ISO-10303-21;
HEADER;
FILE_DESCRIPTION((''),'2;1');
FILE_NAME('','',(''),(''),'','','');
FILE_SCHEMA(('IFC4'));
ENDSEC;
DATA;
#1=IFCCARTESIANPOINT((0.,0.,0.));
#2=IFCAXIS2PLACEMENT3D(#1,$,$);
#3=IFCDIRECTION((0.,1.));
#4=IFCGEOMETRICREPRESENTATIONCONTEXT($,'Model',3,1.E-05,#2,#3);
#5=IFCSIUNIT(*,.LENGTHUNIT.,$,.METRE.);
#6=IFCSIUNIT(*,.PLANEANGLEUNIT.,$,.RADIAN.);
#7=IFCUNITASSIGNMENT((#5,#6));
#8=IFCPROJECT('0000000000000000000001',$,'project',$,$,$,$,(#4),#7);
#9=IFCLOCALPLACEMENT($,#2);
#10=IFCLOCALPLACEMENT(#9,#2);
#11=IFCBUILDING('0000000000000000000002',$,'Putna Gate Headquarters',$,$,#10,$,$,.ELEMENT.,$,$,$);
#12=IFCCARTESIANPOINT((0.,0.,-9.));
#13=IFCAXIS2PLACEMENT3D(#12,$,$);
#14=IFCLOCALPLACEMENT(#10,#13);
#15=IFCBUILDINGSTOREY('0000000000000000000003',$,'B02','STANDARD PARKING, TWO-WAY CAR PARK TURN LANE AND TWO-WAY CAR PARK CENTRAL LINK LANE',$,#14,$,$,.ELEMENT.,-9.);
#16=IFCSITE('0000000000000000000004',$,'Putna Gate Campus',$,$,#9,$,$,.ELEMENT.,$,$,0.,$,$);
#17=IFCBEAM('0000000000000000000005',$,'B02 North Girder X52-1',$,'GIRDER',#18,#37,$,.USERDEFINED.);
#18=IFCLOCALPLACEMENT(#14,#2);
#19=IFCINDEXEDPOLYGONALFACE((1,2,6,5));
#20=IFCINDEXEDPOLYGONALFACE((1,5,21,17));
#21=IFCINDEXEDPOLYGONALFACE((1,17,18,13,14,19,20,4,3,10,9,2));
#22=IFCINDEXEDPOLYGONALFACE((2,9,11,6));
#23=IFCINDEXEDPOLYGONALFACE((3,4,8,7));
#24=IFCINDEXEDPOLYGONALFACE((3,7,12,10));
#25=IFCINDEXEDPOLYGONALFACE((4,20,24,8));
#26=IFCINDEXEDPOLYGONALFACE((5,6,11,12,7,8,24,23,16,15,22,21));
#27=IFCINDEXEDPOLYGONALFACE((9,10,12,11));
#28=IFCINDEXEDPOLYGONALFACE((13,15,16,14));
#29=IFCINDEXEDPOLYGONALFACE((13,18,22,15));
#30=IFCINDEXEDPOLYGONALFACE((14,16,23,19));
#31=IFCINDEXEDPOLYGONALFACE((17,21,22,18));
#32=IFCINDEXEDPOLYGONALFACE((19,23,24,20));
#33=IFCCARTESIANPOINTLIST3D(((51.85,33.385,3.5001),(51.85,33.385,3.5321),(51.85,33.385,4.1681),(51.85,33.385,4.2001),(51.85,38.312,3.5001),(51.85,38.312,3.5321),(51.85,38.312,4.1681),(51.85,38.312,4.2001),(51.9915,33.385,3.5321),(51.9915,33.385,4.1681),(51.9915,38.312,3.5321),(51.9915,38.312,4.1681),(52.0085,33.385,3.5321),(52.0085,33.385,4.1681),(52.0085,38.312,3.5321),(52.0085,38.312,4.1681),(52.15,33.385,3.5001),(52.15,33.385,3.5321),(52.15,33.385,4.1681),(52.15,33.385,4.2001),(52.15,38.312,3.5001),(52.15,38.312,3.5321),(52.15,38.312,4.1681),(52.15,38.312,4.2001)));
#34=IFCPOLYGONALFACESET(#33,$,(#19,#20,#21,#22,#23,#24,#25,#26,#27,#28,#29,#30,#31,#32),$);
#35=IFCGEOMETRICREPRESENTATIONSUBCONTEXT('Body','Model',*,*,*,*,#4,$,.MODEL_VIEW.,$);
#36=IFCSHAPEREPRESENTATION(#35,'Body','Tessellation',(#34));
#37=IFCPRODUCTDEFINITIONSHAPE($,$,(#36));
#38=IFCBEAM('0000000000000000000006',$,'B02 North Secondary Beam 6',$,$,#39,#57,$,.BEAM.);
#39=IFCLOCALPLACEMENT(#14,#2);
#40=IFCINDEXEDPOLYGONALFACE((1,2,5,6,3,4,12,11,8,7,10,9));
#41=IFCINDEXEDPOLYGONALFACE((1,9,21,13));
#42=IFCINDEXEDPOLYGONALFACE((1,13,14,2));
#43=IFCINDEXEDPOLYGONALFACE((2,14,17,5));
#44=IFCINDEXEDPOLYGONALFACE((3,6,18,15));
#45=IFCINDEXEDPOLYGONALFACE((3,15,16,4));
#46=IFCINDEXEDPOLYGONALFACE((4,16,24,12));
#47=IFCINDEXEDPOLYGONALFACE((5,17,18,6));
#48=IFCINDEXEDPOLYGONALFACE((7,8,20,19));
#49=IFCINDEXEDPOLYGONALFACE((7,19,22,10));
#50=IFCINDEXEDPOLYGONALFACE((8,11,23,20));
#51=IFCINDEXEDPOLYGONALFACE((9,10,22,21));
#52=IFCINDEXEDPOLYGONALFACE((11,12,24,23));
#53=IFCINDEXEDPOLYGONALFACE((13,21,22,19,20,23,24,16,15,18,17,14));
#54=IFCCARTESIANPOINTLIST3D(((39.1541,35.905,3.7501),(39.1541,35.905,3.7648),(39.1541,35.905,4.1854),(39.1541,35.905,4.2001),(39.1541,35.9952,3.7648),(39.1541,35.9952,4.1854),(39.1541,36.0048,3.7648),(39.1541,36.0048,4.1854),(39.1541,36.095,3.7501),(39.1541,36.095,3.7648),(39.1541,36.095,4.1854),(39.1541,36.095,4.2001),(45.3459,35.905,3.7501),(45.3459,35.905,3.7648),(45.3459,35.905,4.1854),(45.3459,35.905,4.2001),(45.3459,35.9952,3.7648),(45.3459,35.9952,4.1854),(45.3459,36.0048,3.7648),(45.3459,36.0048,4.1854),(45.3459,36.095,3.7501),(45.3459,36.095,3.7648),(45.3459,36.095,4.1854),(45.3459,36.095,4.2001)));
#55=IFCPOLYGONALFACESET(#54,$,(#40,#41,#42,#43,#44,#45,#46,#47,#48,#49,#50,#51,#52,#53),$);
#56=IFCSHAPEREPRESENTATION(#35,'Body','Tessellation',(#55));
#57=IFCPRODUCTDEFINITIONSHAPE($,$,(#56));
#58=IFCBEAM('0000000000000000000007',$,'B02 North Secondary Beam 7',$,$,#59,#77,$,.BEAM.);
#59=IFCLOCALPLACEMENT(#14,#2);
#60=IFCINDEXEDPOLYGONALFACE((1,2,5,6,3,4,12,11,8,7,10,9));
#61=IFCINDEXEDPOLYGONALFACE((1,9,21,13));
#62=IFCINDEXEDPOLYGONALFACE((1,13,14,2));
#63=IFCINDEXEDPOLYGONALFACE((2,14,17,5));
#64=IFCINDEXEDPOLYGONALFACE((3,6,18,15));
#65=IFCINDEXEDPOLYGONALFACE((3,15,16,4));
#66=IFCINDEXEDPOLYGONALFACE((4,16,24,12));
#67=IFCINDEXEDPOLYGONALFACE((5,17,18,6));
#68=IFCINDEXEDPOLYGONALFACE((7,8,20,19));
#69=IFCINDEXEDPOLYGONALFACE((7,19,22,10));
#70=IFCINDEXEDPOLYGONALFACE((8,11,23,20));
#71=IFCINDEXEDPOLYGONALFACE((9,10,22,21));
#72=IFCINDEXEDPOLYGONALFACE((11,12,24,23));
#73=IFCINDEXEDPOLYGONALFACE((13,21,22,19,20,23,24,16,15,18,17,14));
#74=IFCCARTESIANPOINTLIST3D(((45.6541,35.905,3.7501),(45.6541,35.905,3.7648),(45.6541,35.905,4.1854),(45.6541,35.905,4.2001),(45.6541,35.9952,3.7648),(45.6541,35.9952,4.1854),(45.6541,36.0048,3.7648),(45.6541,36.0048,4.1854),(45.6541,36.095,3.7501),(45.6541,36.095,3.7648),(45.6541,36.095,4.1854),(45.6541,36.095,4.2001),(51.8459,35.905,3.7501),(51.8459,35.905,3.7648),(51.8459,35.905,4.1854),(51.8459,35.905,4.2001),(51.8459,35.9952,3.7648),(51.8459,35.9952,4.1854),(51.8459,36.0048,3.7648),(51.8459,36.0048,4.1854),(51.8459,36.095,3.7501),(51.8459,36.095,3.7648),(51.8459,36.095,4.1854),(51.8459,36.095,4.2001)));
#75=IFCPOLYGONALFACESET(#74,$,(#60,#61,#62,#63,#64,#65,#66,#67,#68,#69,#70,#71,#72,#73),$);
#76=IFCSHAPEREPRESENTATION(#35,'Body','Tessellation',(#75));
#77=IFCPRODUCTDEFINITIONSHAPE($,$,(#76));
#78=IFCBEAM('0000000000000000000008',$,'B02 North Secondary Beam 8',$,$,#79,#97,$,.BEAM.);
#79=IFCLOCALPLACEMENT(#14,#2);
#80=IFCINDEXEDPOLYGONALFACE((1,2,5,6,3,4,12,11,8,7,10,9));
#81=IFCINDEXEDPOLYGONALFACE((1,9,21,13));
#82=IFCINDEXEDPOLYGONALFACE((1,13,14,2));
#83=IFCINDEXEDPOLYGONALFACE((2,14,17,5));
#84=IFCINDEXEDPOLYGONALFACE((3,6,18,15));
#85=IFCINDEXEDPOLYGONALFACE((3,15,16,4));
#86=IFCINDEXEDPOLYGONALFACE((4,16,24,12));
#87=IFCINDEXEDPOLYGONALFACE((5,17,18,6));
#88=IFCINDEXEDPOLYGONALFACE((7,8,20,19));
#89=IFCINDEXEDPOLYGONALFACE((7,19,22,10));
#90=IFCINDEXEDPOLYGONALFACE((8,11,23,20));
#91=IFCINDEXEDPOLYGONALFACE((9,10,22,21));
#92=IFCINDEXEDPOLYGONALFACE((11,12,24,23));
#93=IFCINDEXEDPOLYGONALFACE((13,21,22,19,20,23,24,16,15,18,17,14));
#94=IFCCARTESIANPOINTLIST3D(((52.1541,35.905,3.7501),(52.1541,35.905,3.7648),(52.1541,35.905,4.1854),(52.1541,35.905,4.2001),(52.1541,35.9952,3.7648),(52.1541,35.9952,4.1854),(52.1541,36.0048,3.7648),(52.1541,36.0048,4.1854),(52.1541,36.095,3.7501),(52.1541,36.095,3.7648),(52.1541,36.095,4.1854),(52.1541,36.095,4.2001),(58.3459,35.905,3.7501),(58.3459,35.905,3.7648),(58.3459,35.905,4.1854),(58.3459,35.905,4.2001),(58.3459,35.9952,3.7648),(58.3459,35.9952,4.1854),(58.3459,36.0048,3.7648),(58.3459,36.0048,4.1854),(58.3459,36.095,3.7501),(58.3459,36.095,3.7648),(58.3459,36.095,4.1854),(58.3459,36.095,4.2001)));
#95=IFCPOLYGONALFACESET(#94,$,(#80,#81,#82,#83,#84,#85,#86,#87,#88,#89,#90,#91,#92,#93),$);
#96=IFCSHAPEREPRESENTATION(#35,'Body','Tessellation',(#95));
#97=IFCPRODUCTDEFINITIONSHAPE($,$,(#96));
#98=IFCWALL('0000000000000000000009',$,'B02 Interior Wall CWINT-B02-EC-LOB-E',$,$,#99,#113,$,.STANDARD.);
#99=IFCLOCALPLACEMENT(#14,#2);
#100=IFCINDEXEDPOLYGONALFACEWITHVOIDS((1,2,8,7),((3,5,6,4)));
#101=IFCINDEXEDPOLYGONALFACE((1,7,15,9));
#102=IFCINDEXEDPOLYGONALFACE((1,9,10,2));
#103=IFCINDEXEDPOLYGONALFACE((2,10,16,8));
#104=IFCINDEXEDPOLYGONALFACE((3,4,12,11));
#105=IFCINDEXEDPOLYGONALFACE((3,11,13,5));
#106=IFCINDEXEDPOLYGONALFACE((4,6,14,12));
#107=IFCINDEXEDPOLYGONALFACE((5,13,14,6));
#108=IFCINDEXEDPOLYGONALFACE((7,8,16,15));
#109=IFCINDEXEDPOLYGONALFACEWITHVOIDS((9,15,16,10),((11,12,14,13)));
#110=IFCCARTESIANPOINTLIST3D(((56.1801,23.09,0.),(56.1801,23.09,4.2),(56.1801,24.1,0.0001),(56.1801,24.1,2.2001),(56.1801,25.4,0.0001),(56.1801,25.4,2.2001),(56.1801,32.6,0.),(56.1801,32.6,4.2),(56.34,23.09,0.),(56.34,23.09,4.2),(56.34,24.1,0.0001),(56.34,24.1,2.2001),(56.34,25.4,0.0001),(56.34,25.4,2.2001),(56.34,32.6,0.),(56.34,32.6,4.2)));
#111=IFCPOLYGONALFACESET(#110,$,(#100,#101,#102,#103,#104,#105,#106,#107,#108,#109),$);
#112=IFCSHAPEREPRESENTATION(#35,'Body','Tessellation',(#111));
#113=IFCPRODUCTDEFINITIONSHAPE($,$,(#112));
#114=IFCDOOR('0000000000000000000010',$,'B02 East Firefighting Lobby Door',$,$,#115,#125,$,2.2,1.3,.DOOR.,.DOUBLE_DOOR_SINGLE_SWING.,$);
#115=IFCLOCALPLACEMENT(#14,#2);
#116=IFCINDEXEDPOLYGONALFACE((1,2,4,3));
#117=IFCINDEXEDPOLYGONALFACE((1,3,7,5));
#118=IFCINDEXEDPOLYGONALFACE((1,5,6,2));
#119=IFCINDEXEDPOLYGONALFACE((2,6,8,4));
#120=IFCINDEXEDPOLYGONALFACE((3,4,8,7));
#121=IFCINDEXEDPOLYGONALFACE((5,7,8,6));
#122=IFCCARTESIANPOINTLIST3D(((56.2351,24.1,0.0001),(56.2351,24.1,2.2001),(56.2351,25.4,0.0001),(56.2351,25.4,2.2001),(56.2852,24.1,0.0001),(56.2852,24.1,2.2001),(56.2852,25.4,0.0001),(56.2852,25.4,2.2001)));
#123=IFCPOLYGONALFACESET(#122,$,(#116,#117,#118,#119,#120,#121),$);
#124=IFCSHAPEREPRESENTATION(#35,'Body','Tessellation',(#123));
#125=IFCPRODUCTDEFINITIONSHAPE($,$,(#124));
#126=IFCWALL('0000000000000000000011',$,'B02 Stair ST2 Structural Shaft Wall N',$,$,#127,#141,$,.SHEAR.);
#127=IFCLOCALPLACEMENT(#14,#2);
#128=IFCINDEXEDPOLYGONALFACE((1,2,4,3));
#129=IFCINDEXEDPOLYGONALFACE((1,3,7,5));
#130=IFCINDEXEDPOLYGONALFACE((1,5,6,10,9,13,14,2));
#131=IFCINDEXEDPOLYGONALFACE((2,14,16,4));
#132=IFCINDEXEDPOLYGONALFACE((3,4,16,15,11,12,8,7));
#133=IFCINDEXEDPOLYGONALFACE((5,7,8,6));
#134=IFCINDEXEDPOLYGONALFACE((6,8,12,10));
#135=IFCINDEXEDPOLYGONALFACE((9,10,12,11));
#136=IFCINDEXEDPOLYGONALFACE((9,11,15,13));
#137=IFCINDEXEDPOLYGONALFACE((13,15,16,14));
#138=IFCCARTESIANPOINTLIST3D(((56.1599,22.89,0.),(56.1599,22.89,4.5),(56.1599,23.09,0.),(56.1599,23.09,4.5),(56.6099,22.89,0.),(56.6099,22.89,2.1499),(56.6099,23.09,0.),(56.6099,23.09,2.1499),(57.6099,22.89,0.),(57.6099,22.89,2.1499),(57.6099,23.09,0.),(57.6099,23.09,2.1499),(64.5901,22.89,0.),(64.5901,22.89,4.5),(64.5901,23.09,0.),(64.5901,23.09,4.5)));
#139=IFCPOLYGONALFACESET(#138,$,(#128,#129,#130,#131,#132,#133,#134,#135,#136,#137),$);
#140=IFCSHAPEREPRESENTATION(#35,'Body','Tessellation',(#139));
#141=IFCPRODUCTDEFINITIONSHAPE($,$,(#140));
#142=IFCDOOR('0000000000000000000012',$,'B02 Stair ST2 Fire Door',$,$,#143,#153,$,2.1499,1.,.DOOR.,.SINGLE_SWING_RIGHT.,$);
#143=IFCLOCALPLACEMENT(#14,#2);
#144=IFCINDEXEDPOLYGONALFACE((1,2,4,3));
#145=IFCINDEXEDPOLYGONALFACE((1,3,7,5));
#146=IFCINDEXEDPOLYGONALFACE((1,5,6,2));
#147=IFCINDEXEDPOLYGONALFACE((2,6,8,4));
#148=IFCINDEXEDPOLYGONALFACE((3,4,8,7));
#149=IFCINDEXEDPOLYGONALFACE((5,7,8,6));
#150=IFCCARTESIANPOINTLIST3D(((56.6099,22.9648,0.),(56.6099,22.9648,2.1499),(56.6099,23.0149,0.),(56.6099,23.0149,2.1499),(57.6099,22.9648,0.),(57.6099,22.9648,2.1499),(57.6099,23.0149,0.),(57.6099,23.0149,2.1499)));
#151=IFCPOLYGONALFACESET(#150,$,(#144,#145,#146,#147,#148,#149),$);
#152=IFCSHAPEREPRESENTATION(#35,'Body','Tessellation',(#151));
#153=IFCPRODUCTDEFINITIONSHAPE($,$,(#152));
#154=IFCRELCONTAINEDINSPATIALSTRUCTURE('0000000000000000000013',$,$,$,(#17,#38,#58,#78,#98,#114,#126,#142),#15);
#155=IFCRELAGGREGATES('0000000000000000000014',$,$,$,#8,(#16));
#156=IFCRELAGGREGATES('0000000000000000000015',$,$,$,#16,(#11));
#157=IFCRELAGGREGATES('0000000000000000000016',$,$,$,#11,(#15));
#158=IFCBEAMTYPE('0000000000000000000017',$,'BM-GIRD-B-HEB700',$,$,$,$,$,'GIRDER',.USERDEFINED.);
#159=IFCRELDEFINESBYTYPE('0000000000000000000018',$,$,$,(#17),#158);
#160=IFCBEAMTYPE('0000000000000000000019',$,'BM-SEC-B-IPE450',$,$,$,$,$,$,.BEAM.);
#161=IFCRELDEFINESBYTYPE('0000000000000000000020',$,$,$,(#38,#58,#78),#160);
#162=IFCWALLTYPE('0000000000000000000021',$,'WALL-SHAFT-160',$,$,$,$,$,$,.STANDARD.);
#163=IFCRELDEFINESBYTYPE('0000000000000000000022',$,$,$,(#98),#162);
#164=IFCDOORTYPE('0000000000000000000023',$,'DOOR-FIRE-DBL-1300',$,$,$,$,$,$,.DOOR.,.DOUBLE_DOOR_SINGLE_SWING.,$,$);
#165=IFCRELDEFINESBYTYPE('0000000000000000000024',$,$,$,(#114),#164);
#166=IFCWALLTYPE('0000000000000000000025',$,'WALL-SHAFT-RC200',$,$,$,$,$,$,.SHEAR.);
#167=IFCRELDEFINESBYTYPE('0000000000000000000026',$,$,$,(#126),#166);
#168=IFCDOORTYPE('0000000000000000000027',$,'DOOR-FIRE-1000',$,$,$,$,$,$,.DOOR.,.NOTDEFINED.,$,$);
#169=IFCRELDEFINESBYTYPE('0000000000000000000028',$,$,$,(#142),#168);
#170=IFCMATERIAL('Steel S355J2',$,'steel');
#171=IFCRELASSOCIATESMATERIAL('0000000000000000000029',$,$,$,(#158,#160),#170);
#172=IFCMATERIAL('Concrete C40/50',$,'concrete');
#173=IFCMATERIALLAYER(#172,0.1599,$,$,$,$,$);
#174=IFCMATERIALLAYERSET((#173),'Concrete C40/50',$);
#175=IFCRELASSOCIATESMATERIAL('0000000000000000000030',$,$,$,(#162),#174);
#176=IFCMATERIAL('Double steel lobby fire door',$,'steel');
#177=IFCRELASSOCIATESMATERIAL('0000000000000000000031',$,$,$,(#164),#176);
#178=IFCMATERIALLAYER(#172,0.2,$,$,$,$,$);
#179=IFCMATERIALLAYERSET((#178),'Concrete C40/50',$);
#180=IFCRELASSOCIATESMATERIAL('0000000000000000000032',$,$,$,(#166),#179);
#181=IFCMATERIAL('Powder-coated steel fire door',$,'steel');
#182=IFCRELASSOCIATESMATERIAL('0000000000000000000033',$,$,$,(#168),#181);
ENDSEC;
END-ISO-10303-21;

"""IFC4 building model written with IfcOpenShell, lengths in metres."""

from ifc_helpers import new_model, si_unit, direction, frame, frame_2d, origin, origin_2d, place, context, subcontext, project, spatial, rectangle, i_section, extrude, material, layer, layer_set, material_profile, profile_set, type_object, element, fill, save


model = new_model("IFC4")

# Units and contexts
model_context = context("Model", 3, precision=1e-05, world=origin(), true_north=direction((0.0, 1.0)))
body_context = subcontext(model_context, "Body", "Model", "MODEL_VIEW")
ifc_project = project(units=[si_unit("LENGTHUNIT", "METRE"), si_unit("PLANEANGLEUNIT", "RADIAN")], contexts=[model_context])

# Site, building, storey
site_placement = place(None, origin())
site = spatial("IfcSite", under=ifc_project, at=site_placement, Name="Putna Gate Campus", CompositionType="ELEMENT", RefElevation=0.0)
building_placement = place(site_placement, origin())
building = spatial("IfcBuilding", under=site, at=building_placement, Name="Putna Gate Headquarters", CompositionType="ELEMENT")
storey_placement = place(building_placement, frame((0.0, 0.0, -9.0)))
storey = spatial("IfcBuildingStorey", under=building, at=storey_placement, Name="B02", Description="STANDARD PARKING, TWO-WAY CAR PARK TURN LANE AND TWO-WAY CAR PARK CENTRAL LINK LANE", CompositionType="ELEMENT", Elevation=-9.0)

# Beams
ifc_material_1 = material(Name="Steel S355J2", Category="steel")
ifc_material_profile_1 = material_profile(ifc_material_1, i_section(OverallWidth=0.3, OverallDepth=0.7, WebThickness=0.0171, FlangeThickness=0.032, at=origin_2d()), Name="Steel S355J2")
ifc_profile_set_1 = profile_set([ifc_material_profile_1], Name="Steel S355J2")
beam_type_1 = type_object("IfcBeamType", Name="BM-GIRD-B-HEB700", ElementType="GIRDER", PredefinedType="USERDEFINED", material=ifc_profile_set_1)
beam_1_placement = place(storey_placement, frame((52.0, 33.385, 3.8501), z_axis=(0.0, 1.0, 0.0), x_axis=(-1.0, 0.0, 0.0)))
element("IfcBeam", 1, at=beam_1_placement, inside=storey, type_object=beam_type_1, Name="B02 North Girder X52-1", ObjectType="GIRDER", PredefinedType="USERDEFINED", context=body_context, shape_type="SweptSolid", body=[
    extrude(i_section(OverallWidth=0.3, OverallDepth=0.7, WebThickness=0.0171, FlangeThickness=0.032, at=origin_2d()), origin(), (0.0, 0.0, 1.0), 4.927),
])
ifc_material_profile_2 = material_profile(ifc_material_1, i_section(OverallWidth=0.1899, OverallDepth=0.45, WebThickness=0.0095, FlangeThickness=0.0146, at=origin_2d()), Name="Steel S355J2")
ifc_profile_set_2 = profile_set([ifc_material_profile_2], Name="Steel S355J2")
beam_type_2 = type_object("IfcBeamType", Name="BM-SEC-B-IPE450", PredefinedType="BEAM", material=ifc_profile_set_2)
for number, where, z_axis, x_axis, name in (
    (2, (39.1541, 36.0, 3.9751), (1.0, 0.0, 0.0), (0.0, 1.0, 0.0), "B02 North Secondary Beam 6"),
    (3, (45.6541, 36.0, 3.9751), (1.0, 0.0, 0.0), (0.0, 1.0, 0.0), "B02 North Secondary Beam 7"),
    (4, (52.1541, 36.0, 3.9751), (1.0, 0.0, 0.0), (0.0, 1.0, 0.0), "B02 North Secondary Beam 8"),
):
    element("IfcBeam", number, at=place(storey_placement, frame(where, z_axis=z_axis, x_axis=x_axis)), inside=storey, type_object=beam_type_2, Name=name, PredefinedType="BEAM", context=body_context, shape_type="SweptSolid", body=[
        extrude(i_section(OverallWidth=0.1899, OverallDepth=0.45, WebThickness=0.0095, FlangeThickness=0.0146, at=origin_2d()), origin(), (0.0, 0.0, 1.0), 6.1919),
    ])

# Walls, openings, doors
ifc_material_2 = material(Name="Concrete C40/50", Category="concrete")
ifc_layer_1 = layer(ifc_material_2, 0.1599)
ifc_layer_set_1 = layer_set([ifc_layer_1], Name="Concrete C40/50")
wall_type_1 = type_object("IfcWallType", Name="WALL-SHAFT-160", PredefinedType="STANDARD", material=ifc_layer_set_1)
wall_1_placement = place(storey_placement, frame((56.26, 23.0901, 0.0), z_axis=(0.0, 0.0, 1.0), x_axis=(0.0, 1.0, 0.0)))
wall_1 = element("IfcWall", 5, at=wall_1_placement, inside=storey, type_object=wall_type_1, Name="B02 Interior Wall CWINT-B02-EC-LOB-E", PredefinedType="STANDARD", context=body_context, shape_type="SweptSolid", body=[
    extrude(rectangle(XDim=9.51, YDim=0.1599, at=frame_2d((4.7549, 0.0))), origin(), (0.0, 0.0, 1.0), 4.2),
])
opening_1_placement = place(wall_1_placement, frame((1.01, 0.0, 0.0)))
opening_1 = element("IfcOpeningElement", 6, at=opening_1_placement, cuts=wall_1, PredefinedType="OPENING", context=body_context, shape_type="SweptSolid", body=[
    extrude(rectangle(XDim=1.3, YDim=2.2, at=frame_2d((0.6499, 1.1001))), frame((0.0, 0.0898, 0.0), z_axis=(0.0, -1.0, 0.0), x_axis=(1.0, 0.0, 0.0)), (0.0, 0.0, 1.0), 0.1799),
])
ifc_material_3 = material(Name="Double steel lobby fire door", Category="steel")
door_type_1 = type_object("IfcDoorType", Name="DOOR-FIRE-DBL-1300", OperationType="DOUBLE_DOOR_SINGLE_SWING", PredefinedType="DOOR", material=ifc_material_3)
door_1_placement = place(opening_1_placement, origin())
door_1 = element("IfcDoor", 7, at=door_1_placement, inside=storey, type_object=door_type_1, Name="B02 East Firefighting Lobby Door", OperationType="DOUBLE_DOOR_SINGLE_SWING", OverallHeight=2.2, OverallWidth=1.3, PredefinedType="DOOR", context=body_context, shape_type="SweptSolid", body=[
    extrude(rectangle(XDim=1.3, YDim=2.2, at=frame_2d((0.6499, 1.1001))), frame((0.0, 0.0249, 0.0), z_axis=(0.0, -1.0, 0.0), x_axis=(1.0, 0.0, 0.0)), (0.0, 0.0, 1.0), 0.05),
])
fill(opening_1, door_1)
ifc_layer_2 = layer(ifc_material_2, 0.2)
ifc_layer_set_2 = layer_set([ifc_layer_2], Name="Concrete C40/50")
wall_type_2 = type_object("IfcWallType", Name="WALL-SHAFT-RC200", PredefinedType="SHEAR", material=ifc_layer_set_2)
wall_2_placement = place(storey_placement, frame((56.1599, 22.99, 0.0), z_axis=(0.0, 0.0, 1.0), x_axis=(1.0, 0.0, 0.0)))
wall_2 = element("IfcWall", 8, at=wall_2_placement, inside=storey, type_object=wall_type_2, Name="B02 Stair ST2 Structural Shaft Wall N", PredefinedType="SHEAR", context=body_context, shape_type="SweptSolid", body=[
    extrude(rectangle(XDim=8.4302, YDim=0.2, at=frame_2d((4.2151, 0.0))), origin(), (0.0, 0.0, 1.0), 4.5),
])
opening_2_placement = place(wall_2_placement, frame((0.45, 0.0, 0.0)))
opening_2 = element("IfcOpeningElement", 9, at=opening_2_placement, cuts=wall_2, PredefinedType="OPENING", context=body_context, shape_type="SweptSolid", body=[
    extrude(rectangle(XDim=1.0, YDim=2.1499, at=frame_2d((0.5, 1.075))), frame((0.0, 0.1099, 0.0), z_axis=(0.0, -1.0, 0.0), x_axis=(1.0, 0.0, 0.0)), (0.0, 0.0, 1.0), 0.22),
])
ifc_material_4 = material(Name="Powder-coated steel fire door", Category="steel")
door_type_2 = type_object("IfcDoorType", Name="DOOR-FIRE-1000", OperationType="NOTDEFINED", PredefinedType="DOOR", material=ifc_material_4)
door_2_placement = place(opening_2_placement, origin())
door_2 = element("IfcDoor", 10, at=door_2_placement, inside=storey, type_object=door_type_2, Name="B02 Stair ST2 Fire Door", OperationType="SINGLE_SWING_RIGHT", OverallHeight=2.1499, OverallWidth=1.0, PredefinedType="DOOR", context=body_context, shape_type="SweptSolid", body=[
    extrude(rectangle(XDim=1.0, YDim=2.1499, at=frame_2d((0.5, 1.075))), frame((0.0, 0.0249, 0.0), z_axis=(0.0, -1.0, 0.0), x_axis=(1.0, 0.0, 0.0)), (0.0, 0.0, 1.0), 0.05),
])
fill(opening_2, door_2)

save(model, "model.ifc")
